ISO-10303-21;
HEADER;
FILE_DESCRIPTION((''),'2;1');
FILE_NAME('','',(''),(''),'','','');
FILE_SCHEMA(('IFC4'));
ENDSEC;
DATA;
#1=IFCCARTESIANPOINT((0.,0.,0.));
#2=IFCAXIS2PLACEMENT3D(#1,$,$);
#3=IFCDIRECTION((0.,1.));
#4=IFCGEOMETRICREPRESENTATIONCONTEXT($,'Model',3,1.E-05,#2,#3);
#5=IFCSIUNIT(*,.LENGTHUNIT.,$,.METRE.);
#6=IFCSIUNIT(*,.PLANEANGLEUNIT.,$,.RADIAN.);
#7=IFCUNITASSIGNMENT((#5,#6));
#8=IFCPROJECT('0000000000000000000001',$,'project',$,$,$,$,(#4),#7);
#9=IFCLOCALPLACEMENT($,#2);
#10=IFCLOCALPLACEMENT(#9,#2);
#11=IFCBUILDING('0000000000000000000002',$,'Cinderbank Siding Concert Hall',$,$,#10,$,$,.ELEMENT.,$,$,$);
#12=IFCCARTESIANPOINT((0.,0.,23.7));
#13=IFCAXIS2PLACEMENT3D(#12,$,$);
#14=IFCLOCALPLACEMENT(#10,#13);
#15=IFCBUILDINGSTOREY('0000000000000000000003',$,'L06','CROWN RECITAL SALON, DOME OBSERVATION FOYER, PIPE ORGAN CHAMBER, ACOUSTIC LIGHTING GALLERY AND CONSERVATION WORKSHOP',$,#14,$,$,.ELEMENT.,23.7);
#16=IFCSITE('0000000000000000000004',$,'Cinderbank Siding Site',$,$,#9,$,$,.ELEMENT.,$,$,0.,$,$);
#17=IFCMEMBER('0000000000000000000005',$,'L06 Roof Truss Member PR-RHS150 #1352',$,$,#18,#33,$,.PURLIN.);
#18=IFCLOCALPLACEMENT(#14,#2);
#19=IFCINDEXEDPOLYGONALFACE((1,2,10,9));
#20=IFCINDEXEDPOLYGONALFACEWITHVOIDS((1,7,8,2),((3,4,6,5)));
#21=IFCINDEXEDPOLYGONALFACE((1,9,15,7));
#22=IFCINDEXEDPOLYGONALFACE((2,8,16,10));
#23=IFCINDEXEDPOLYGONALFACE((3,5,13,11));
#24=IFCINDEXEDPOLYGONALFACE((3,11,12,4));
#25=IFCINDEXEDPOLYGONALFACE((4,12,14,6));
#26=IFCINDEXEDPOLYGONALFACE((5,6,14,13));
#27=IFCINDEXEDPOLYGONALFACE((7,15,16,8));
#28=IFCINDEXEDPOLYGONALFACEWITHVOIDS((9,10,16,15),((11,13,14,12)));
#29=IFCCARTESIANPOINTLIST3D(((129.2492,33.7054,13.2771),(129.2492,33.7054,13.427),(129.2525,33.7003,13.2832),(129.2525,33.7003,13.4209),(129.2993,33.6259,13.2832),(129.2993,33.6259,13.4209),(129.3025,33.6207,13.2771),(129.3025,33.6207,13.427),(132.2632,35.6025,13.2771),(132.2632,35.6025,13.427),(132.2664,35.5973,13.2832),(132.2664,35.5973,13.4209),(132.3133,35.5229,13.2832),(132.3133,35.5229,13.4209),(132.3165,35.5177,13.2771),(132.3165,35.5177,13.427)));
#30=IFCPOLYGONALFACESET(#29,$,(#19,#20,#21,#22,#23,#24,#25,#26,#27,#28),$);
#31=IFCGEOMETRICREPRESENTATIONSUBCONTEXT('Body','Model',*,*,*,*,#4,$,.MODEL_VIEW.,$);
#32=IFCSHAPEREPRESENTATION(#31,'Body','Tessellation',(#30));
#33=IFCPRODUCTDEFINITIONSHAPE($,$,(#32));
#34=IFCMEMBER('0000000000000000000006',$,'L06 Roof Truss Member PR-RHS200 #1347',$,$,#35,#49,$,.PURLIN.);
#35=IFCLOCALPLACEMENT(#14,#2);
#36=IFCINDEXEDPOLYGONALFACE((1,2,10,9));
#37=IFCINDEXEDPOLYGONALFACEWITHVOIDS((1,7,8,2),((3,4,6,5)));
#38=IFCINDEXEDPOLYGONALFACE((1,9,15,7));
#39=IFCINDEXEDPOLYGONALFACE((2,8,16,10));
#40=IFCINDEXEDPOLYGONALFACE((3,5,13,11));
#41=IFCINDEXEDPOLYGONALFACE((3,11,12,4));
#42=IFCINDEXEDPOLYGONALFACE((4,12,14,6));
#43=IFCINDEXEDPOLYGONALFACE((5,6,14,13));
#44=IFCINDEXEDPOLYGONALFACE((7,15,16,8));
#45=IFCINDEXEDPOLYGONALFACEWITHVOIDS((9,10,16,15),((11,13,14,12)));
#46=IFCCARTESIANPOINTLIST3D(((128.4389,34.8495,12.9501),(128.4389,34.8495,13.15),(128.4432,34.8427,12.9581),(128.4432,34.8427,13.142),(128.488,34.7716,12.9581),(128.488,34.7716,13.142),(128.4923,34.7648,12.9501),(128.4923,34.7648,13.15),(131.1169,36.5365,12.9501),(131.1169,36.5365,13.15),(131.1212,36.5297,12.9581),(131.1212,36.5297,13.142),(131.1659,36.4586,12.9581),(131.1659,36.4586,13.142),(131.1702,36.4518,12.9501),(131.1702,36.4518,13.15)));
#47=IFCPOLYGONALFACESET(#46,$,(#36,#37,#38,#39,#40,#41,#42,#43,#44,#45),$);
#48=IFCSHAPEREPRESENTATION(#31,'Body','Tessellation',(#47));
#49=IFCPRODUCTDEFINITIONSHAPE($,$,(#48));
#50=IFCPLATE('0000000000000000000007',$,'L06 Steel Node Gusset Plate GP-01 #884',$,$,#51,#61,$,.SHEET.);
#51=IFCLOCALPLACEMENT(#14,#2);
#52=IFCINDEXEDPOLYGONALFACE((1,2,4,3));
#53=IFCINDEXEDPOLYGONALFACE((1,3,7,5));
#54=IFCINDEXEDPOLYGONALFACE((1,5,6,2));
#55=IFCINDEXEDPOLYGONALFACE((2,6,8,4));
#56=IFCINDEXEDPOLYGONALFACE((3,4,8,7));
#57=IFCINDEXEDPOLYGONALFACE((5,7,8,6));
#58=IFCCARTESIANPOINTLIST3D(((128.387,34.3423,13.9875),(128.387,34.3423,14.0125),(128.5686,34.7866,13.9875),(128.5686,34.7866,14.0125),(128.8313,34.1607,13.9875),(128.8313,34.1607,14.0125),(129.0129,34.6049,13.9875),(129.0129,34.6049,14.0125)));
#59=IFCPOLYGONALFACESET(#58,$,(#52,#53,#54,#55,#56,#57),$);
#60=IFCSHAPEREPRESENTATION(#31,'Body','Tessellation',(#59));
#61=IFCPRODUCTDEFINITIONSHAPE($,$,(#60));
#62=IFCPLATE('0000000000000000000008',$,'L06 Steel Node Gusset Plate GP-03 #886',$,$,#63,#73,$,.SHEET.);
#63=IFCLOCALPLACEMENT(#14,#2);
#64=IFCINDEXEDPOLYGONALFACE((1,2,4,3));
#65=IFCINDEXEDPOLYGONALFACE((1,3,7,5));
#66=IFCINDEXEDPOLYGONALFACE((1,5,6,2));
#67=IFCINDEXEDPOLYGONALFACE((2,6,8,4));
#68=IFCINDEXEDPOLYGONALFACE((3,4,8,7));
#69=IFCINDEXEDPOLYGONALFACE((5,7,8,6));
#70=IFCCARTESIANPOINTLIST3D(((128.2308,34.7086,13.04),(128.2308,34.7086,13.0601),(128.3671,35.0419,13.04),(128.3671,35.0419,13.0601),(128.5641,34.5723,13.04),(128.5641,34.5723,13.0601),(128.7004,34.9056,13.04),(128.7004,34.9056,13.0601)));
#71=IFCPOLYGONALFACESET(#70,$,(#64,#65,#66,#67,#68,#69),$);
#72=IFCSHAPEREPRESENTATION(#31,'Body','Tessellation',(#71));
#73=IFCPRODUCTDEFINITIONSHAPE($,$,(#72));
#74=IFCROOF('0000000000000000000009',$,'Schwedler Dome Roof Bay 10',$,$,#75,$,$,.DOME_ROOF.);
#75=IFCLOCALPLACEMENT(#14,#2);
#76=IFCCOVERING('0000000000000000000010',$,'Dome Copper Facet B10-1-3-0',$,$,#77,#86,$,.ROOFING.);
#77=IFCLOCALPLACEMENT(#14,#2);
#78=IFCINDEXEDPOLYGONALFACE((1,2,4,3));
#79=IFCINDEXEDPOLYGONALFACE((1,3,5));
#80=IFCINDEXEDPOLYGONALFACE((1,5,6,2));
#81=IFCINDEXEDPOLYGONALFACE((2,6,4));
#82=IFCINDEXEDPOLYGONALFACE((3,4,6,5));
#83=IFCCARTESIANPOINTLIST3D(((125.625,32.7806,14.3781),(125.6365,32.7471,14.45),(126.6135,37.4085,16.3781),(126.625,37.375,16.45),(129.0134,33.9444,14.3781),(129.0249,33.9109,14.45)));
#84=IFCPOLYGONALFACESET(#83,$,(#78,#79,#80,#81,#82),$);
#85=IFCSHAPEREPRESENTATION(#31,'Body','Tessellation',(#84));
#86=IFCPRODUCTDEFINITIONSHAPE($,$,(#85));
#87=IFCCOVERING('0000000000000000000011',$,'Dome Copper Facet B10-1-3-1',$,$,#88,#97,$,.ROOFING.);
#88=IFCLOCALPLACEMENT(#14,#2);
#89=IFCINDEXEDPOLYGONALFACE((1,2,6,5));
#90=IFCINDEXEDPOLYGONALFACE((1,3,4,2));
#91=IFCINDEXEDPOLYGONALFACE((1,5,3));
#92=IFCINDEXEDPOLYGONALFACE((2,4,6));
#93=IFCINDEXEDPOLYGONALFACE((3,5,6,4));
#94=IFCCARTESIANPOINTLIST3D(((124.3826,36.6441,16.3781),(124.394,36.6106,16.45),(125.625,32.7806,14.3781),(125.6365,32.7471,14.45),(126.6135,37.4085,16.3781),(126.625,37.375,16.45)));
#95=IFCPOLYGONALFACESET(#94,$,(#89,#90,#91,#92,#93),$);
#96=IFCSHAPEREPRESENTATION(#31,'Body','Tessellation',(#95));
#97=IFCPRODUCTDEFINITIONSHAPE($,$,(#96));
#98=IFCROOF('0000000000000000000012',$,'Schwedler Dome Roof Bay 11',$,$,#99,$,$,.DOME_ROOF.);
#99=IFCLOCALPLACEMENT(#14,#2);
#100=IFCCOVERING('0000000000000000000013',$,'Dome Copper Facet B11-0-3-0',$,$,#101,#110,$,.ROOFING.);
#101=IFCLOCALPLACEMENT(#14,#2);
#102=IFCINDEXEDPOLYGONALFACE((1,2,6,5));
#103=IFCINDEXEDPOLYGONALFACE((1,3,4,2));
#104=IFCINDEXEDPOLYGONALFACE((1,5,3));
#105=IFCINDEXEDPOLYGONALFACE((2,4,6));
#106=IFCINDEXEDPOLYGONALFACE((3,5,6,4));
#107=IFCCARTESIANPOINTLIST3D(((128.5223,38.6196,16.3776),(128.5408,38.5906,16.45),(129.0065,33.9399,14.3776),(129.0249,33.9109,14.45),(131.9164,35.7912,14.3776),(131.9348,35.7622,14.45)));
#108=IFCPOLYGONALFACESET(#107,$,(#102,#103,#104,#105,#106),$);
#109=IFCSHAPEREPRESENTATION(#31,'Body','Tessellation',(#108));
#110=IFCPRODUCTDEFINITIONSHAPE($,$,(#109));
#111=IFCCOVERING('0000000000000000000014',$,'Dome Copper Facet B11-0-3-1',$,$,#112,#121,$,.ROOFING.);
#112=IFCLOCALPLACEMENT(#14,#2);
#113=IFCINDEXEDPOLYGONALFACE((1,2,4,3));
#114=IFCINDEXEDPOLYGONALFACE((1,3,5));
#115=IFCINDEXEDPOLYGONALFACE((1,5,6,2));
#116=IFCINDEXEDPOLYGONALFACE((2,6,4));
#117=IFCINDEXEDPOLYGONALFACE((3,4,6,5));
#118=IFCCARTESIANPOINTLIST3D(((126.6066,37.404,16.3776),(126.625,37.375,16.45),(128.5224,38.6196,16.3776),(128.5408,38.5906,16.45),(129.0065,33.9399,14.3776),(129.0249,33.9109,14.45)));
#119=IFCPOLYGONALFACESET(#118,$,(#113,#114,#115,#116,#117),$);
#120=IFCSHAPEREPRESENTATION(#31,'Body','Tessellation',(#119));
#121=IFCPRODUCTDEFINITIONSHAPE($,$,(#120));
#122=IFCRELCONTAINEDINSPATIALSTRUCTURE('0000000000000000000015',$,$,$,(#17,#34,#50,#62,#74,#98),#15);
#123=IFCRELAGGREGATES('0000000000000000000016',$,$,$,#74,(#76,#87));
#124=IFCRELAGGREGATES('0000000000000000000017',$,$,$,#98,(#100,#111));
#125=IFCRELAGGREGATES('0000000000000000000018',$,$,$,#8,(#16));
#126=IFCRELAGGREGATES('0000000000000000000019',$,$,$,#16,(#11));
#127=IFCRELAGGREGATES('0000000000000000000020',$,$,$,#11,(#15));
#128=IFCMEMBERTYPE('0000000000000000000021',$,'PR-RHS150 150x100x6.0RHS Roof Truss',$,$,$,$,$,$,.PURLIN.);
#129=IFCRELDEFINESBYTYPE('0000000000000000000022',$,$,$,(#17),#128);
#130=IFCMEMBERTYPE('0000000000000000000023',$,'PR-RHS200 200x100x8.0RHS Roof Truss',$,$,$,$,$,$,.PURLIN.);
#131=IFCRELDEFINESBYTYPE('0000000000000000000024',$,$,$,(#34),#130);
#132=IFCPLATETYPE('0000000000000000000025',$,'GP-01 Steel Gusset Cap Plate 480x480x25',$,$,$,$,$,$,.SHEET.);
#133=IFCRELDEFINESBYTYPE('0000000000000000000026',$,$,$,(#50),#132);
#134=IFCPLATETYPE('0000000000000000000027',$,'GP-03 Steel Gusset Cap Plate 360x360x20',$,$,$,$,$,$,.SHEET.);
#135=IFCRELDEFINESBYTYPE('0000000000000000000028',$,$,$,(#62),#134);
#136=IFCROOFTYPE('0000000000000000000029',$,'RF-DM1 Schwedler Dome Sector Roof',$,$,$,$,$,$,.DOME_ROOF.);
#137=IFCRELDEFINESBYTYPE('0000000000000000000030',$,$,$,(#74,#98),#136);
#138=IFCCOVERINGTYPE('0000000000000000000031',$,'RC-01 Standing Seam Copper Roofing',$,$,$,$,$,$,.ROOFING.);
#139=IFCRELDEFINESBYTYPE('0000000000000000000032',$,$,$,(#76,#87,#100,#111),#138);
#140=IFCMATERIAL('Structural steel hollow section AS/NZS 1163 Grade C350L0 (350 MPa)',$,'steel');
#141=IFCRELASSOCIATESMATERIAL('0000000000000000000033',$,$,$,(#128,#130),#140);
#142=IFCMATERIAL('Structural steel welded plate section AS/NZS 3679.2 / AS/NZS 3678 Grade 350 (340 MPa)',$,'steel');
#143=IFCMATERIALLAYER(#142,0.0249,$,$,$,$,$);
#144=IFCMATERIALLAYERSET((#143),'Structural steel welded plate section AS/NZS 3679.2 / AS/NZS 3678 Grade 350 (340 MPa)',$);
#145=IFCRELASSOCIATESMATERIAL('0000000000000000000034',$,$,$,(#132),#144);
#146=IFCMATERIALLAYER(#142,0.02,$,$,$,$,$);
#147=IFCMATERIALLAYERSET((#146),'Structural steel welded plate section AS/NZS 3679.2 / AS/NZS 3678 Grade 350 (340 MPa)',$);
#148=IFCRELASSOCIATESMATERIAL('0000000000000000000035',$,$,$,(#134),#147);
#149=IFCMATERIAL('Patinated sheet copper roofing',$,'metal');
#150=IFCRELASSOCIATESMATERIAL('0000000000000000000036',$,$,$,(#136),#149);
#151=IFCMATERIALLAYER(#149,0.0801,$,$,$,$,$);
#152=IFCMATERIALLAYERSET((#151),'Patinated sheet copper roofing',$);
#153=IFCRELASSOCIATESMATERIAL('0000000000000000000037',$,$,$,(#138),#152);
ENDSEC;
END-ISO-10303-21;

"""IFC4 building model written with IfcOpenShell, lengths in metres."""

from ifc_helpers import new_model, si_unit, direction, frame, origin, origin_2d, place, context, subcontext, project, spatial, polyline, rectangle, hollow_rectangle, outline, extrude, material, layer, layer_set, material_profile, profile_set, type_object, element, aggregate, save


model = new_model("IFC4")

# Units and contexts
model_context = context("Model", 3, precision=1e-05, world=origin(), true_north=direction((0.0, 1.0)))
body_context = subcontext(model_context, "Body", "Model", "MODEL_VIEW")
ifc_project = project(units=[si_unit("LENGTHUNIT", "METRE"), si_unit("PLANEANGLEUNIT", "RADIAN")], contexts=[model_context])

# Site, building, storey
site_placement = place(None, origin())
site = spatial("IfcSite", under=ifc_project, at=site_placement, Name="Cinderbank Siding Site", CompositionType="ELEMENT", RefElevation=0.0)
building_placement = place(site_placement, origin())
building = spatial("IfcBuilding", under=site, at=building_placement, Name="Cinderbank Siding Concert Hall", CompositionType="ELEMENT")
storey_placement = place(building_placement, frame((0.0, 0.0, 23.7)))
storey = spatial("IfcBuildingStorey", under=building, at=storey_placement, Name="L06", Description="CROWN RECITAL SALON, DOME OBSERVATION FOYER, PIPE ORGAN CHAMBER, ACOUSTIC LIGHTING GALLERY AND CONSERVATION WORKSHOP", CompositionType="ELEMENT", Elevation=23.7)

# Members
ifc_material_1 = material(Name="Structural steel hollow section AS/NZS 1163 Grade C350L0 (350 MPa)", Category="steel")
ifc_material_profile_1 = material_profile(ifc_material_1, hollow_rectangle(XDim=0.1001, YDim=0.1499, WallThickness=0.0061, at=origin_2d()), Name="150x100x6.0RHS", Category="LoadBearing")
ifc_profile_set_1 = profile_set([ifc_material_profile_1], Name="Structural steel hollow section AS/NZS 1163 Grade C350L0 (350 MPa)")
member_type_1 = type_object("IfcMemberType", Name="PR-RHS150 150x100x6.0RHS Roof Truss", PredefinedType="PURLIN", material=ifc_profile_set_1)
member_1_placement = place(storey_placement, frame((129.2759, 33.6631, 13.3521), z_axis=(0.846319, 0.532677, 0.0), x_axis=(-0.532677, 0.846319, 0.0)))
element("IfcMember", 1, at=member_1_placement, inside=storey, type_object=member_type_1, Name="L06 Roof Truss Member PR-RHS150 #1352", PredefinedType="PURLIN", context=body_context, shape_type="SweptSolid", body=[
    extrude(hollow_rectangle(XDim=0.1001, YDim=0.1499, WallThickness=0.0061, at=origin_2d()), origin(), (0.0, 0.0, 1.0), 3.5613),
])
ifc_material_profile_2 = material_profile(ifc_material_1, hollow_rectangle(XDim=0.1001, YDim=0.2, WallThickness=0.0081, at=origin_2d()), Name="200x100x8.0RHS", Category="LoadBearing")
ifc_profile_set_2 = profile_set([ifc_material_profile_2], Name="Structural steel hollow section AS/NZS 1163 Grade C350L0 (350 MPa)")
member_type_2 = type_object("IfcMemberType", Name="PR-RHS200 200x100x8.0RHS Roof Truss", PredefinedType="PURLIN", material=ifc_profile_set_2)
member_2_placement = place(storey_placement, frame((128.4656, 34.8071, 13.05), z_axis=(0.846108, 0.533012, 0.0), x_axis=(-0.533012, 0.846108, 0.0)))
element("IfcMember", 2, at=member_2_placement, inside=storey, type_object=member_type_2, Name="L06 Roof Truss Member PR-RHS200 #1347", PredefinedType="PURLIN", context=body_context, shape_type="SweptSolid", body=[
    extrude(hollow_rectangle(XDim=0.1001, YDim=0.2, WallThickness=0.0081, at=origin_2d()), origin(), (0.0, 0.0, 1.0), 3.165),
])

# Plates
ifc_material_2 = material(Name="Structural steel welded plate section AS/NZS 3679.2 / AS/NZS 3678 Grade 350 (340 MPa)", Category="steel")
ifc_layer_1 = layer(ifc_material_2, 0.0249)
ifc_layer_set_1 = layer_set([ifc_layer_1], Name="Structural steel welded plate section AS/NZS 3679.2 / AS/NZS 3678 Grade 350 (340 MPa)")
plate_type_1 = type_object("IfcPlateType", Name="GP-01 Steel Gusset Cap Plate 480x480x25", PredefinedType="SHEET", material=ifc_layer_set_1)
plate_1_placement = place(storey_placement, frame((128.7, 34.4736, 13.9875), z_axis=(0.0, 0.0, 1.0), x_axis=(0.378487, 0.925607, 0.0)))
element("IfcPlate", 3, at=plate_1_placement, inside=storey, type_object=plate_type_1, Name="L06 Steel Node Gusset Plate GP-01 #884", PredefinedType="SHEET", context=body_context, shape_type="SweptSolid", body=[
    extrude(rectangle(XDim=0.48, YDim=0.48, at=origin_2d()), origin(), (0.0, 0.0, 1.0), 0.0249),
])
ifc_layer_2 = layer(ifc_material_2, 0.02)
ifc_layer_set_2 = layer_set([ifc_layer_2], Name="Structural steel welded plate section AS/NZS 3679.2 / AS/NZS 3678 Grade 350 (340 MPa)")
plate_type_2 = type_object("IfcPlateType", Name="GP-03 Steel Gusset Cap Plate 360x360x20", PredefinedType="SHEET", material=ifc_layer_set_2)
plate_2_placement = place(storey_placement, frame((128.4656, 34.8071, 13.04), z_axis=(0.0, 0.0, 1.0), x_axis=(0.378487, 0.925607, 0.0)))
element("IfcPlate", 4, at=plate_2_placement, inside=storey, type_object=plate_type_2, Name="L06 Steel Node Gusset Plate GP-03 #886", PredefinedType="SHEET", context=body_context, shape_type="SweptSolid", body=[
    extrude(rectangle(XDim=0.3601, YDim=0.3601, at=origin_2d()), origin(), (0.0, 0.0, 1.0), 0.02),
])

# Roofs, coverings
ifc_material_3 = material(Name="Patinated sheet copper roofing", Category="metal")
roof_type = type_object("IfcRoofType", Name="RF-DM1 Schwedler Dome Sector Roof", PredefinedType="DOME_ROOF", material=ifc_material_3)
roof_1_placement = place(storey_placement, origin())
roof_1 = element("IfcRoof", 5, at=roof_1_placement, inside=storey, type_object=roof_type, Name="Schwedler Dome Roof Bay 10", PredefinedType="DOME_ROOF")
ifc_layer_3 = layer(ifc_material_3, 0.0801)
ifc_layer_set_3 = layer_set([ifc_layer_3], Name="Patinated sheet copper roofing")
covering_type = type_object("IfcCoveringType", Name="RC-01 Standing Seam Copper Roofing", PredefinedType="ROOFING", material=ifc_layer_set_3)
covering_1_placement = place(storey_placement, frame((125.6365, 32.7471, 14.45), z_axis=(0.143667, -0.418283, 0.896883), x_axis=(0.945768, 0.324842, 0.0)))
covering_1 = element("IfcCovering", 6, at=covering_1_placement, type_object=covering_type, Name="Dome Copper Facet B10-1-3-0", PredefinedType="ROOFING", context=body_context, shape_type="SweptSolid", body=[
    extrude(outline(polyline([(0.0, 0.0), (3.5827, 0.0), (2.4383, 4.5221), (0.0, 0.0)])), origin(), (0.0, 0.0, -1.0), 0.0801),
])
covering_2_placement = place(storey_placement, frame((125.6365, 32.7471, 14.45), z_axis=(0.143303, -0.418239, 0.896962), x_axis=(0.19241, 0.900796, 0.389287)))
covering_2 = element("IfcCovering", 7, at=covering_2_placement, type_object=covering_type, Name="Dome Copper Facet B10-1-3-1", PredefinedType="ROOFING", context=body_context, shape_type="SweptSolid", body=[
    extrude(outline(polyline([(0.0, 0.0), (5.1376, 0.0), (4.0198, 2.0765), (0.0, 0.0)])), origin(), (0.0, 0.0, -1.0), 0.0801),
])
aggregate(roof_1, [covering_1, covering_2])
roof_2_placement = place(storey_placement, origin())
roof_2 = element("IfcRoof", 8, at=roof_2_placement, inside=storey, type_object=roof_type, Name="Schwedler Dome Roof Bay 11", PredefinedType="DOME_ROOF")
covering_3_placement = place(storey_placement, frame((129.0249, 33.9109, 14.45), z_axis=(0.230414, -0.362166, 0.903186), x_axis=(0.84372, 0.536784, 0.0)))
covering_3 = element("IfcCovering", 9, at=covering_3_placement, type_object=covering_type, Name="Dome Copper Facet B11-0-3-0", PredefinedType="ROOFING", context=body_context, shape_type="SweptSolid", body=[
    extrude(outline(polyline([(0.0, 0.0), (3.4489, 0.0), (2.1035, 4.6593), (0.0, 0.0)])), origin(), (0.0, 0.0, -1.0), 0.0801),
])
covering_4_placement = place(storey_placement, frame((129.0249, 33.9109, 14.45), z_axis=(0.229861, -0.362266, 0.903287), x_axis=(-0.094702, 0.915409, 0.391226)))
covering_4 = element("IfcCovering", 10, at=covering_4_placement, type_object=covering_type, Name="Dome Copper Facet B11-0-3-1", PredefinedType="ROOFING", context=body_context, shape_type="SweptSolid", body=[
    extrude(outline(polyline([(0.0, 0.0), (5.1121, 0.0), (4.1808, 2.0689), (0.0, 0.0)])), origin(), (0.0, 0.0, -1.0), 0.0801),
])
aggregate(roof_2, [covering_3, covering_4])

save(model, "model.ifc")
